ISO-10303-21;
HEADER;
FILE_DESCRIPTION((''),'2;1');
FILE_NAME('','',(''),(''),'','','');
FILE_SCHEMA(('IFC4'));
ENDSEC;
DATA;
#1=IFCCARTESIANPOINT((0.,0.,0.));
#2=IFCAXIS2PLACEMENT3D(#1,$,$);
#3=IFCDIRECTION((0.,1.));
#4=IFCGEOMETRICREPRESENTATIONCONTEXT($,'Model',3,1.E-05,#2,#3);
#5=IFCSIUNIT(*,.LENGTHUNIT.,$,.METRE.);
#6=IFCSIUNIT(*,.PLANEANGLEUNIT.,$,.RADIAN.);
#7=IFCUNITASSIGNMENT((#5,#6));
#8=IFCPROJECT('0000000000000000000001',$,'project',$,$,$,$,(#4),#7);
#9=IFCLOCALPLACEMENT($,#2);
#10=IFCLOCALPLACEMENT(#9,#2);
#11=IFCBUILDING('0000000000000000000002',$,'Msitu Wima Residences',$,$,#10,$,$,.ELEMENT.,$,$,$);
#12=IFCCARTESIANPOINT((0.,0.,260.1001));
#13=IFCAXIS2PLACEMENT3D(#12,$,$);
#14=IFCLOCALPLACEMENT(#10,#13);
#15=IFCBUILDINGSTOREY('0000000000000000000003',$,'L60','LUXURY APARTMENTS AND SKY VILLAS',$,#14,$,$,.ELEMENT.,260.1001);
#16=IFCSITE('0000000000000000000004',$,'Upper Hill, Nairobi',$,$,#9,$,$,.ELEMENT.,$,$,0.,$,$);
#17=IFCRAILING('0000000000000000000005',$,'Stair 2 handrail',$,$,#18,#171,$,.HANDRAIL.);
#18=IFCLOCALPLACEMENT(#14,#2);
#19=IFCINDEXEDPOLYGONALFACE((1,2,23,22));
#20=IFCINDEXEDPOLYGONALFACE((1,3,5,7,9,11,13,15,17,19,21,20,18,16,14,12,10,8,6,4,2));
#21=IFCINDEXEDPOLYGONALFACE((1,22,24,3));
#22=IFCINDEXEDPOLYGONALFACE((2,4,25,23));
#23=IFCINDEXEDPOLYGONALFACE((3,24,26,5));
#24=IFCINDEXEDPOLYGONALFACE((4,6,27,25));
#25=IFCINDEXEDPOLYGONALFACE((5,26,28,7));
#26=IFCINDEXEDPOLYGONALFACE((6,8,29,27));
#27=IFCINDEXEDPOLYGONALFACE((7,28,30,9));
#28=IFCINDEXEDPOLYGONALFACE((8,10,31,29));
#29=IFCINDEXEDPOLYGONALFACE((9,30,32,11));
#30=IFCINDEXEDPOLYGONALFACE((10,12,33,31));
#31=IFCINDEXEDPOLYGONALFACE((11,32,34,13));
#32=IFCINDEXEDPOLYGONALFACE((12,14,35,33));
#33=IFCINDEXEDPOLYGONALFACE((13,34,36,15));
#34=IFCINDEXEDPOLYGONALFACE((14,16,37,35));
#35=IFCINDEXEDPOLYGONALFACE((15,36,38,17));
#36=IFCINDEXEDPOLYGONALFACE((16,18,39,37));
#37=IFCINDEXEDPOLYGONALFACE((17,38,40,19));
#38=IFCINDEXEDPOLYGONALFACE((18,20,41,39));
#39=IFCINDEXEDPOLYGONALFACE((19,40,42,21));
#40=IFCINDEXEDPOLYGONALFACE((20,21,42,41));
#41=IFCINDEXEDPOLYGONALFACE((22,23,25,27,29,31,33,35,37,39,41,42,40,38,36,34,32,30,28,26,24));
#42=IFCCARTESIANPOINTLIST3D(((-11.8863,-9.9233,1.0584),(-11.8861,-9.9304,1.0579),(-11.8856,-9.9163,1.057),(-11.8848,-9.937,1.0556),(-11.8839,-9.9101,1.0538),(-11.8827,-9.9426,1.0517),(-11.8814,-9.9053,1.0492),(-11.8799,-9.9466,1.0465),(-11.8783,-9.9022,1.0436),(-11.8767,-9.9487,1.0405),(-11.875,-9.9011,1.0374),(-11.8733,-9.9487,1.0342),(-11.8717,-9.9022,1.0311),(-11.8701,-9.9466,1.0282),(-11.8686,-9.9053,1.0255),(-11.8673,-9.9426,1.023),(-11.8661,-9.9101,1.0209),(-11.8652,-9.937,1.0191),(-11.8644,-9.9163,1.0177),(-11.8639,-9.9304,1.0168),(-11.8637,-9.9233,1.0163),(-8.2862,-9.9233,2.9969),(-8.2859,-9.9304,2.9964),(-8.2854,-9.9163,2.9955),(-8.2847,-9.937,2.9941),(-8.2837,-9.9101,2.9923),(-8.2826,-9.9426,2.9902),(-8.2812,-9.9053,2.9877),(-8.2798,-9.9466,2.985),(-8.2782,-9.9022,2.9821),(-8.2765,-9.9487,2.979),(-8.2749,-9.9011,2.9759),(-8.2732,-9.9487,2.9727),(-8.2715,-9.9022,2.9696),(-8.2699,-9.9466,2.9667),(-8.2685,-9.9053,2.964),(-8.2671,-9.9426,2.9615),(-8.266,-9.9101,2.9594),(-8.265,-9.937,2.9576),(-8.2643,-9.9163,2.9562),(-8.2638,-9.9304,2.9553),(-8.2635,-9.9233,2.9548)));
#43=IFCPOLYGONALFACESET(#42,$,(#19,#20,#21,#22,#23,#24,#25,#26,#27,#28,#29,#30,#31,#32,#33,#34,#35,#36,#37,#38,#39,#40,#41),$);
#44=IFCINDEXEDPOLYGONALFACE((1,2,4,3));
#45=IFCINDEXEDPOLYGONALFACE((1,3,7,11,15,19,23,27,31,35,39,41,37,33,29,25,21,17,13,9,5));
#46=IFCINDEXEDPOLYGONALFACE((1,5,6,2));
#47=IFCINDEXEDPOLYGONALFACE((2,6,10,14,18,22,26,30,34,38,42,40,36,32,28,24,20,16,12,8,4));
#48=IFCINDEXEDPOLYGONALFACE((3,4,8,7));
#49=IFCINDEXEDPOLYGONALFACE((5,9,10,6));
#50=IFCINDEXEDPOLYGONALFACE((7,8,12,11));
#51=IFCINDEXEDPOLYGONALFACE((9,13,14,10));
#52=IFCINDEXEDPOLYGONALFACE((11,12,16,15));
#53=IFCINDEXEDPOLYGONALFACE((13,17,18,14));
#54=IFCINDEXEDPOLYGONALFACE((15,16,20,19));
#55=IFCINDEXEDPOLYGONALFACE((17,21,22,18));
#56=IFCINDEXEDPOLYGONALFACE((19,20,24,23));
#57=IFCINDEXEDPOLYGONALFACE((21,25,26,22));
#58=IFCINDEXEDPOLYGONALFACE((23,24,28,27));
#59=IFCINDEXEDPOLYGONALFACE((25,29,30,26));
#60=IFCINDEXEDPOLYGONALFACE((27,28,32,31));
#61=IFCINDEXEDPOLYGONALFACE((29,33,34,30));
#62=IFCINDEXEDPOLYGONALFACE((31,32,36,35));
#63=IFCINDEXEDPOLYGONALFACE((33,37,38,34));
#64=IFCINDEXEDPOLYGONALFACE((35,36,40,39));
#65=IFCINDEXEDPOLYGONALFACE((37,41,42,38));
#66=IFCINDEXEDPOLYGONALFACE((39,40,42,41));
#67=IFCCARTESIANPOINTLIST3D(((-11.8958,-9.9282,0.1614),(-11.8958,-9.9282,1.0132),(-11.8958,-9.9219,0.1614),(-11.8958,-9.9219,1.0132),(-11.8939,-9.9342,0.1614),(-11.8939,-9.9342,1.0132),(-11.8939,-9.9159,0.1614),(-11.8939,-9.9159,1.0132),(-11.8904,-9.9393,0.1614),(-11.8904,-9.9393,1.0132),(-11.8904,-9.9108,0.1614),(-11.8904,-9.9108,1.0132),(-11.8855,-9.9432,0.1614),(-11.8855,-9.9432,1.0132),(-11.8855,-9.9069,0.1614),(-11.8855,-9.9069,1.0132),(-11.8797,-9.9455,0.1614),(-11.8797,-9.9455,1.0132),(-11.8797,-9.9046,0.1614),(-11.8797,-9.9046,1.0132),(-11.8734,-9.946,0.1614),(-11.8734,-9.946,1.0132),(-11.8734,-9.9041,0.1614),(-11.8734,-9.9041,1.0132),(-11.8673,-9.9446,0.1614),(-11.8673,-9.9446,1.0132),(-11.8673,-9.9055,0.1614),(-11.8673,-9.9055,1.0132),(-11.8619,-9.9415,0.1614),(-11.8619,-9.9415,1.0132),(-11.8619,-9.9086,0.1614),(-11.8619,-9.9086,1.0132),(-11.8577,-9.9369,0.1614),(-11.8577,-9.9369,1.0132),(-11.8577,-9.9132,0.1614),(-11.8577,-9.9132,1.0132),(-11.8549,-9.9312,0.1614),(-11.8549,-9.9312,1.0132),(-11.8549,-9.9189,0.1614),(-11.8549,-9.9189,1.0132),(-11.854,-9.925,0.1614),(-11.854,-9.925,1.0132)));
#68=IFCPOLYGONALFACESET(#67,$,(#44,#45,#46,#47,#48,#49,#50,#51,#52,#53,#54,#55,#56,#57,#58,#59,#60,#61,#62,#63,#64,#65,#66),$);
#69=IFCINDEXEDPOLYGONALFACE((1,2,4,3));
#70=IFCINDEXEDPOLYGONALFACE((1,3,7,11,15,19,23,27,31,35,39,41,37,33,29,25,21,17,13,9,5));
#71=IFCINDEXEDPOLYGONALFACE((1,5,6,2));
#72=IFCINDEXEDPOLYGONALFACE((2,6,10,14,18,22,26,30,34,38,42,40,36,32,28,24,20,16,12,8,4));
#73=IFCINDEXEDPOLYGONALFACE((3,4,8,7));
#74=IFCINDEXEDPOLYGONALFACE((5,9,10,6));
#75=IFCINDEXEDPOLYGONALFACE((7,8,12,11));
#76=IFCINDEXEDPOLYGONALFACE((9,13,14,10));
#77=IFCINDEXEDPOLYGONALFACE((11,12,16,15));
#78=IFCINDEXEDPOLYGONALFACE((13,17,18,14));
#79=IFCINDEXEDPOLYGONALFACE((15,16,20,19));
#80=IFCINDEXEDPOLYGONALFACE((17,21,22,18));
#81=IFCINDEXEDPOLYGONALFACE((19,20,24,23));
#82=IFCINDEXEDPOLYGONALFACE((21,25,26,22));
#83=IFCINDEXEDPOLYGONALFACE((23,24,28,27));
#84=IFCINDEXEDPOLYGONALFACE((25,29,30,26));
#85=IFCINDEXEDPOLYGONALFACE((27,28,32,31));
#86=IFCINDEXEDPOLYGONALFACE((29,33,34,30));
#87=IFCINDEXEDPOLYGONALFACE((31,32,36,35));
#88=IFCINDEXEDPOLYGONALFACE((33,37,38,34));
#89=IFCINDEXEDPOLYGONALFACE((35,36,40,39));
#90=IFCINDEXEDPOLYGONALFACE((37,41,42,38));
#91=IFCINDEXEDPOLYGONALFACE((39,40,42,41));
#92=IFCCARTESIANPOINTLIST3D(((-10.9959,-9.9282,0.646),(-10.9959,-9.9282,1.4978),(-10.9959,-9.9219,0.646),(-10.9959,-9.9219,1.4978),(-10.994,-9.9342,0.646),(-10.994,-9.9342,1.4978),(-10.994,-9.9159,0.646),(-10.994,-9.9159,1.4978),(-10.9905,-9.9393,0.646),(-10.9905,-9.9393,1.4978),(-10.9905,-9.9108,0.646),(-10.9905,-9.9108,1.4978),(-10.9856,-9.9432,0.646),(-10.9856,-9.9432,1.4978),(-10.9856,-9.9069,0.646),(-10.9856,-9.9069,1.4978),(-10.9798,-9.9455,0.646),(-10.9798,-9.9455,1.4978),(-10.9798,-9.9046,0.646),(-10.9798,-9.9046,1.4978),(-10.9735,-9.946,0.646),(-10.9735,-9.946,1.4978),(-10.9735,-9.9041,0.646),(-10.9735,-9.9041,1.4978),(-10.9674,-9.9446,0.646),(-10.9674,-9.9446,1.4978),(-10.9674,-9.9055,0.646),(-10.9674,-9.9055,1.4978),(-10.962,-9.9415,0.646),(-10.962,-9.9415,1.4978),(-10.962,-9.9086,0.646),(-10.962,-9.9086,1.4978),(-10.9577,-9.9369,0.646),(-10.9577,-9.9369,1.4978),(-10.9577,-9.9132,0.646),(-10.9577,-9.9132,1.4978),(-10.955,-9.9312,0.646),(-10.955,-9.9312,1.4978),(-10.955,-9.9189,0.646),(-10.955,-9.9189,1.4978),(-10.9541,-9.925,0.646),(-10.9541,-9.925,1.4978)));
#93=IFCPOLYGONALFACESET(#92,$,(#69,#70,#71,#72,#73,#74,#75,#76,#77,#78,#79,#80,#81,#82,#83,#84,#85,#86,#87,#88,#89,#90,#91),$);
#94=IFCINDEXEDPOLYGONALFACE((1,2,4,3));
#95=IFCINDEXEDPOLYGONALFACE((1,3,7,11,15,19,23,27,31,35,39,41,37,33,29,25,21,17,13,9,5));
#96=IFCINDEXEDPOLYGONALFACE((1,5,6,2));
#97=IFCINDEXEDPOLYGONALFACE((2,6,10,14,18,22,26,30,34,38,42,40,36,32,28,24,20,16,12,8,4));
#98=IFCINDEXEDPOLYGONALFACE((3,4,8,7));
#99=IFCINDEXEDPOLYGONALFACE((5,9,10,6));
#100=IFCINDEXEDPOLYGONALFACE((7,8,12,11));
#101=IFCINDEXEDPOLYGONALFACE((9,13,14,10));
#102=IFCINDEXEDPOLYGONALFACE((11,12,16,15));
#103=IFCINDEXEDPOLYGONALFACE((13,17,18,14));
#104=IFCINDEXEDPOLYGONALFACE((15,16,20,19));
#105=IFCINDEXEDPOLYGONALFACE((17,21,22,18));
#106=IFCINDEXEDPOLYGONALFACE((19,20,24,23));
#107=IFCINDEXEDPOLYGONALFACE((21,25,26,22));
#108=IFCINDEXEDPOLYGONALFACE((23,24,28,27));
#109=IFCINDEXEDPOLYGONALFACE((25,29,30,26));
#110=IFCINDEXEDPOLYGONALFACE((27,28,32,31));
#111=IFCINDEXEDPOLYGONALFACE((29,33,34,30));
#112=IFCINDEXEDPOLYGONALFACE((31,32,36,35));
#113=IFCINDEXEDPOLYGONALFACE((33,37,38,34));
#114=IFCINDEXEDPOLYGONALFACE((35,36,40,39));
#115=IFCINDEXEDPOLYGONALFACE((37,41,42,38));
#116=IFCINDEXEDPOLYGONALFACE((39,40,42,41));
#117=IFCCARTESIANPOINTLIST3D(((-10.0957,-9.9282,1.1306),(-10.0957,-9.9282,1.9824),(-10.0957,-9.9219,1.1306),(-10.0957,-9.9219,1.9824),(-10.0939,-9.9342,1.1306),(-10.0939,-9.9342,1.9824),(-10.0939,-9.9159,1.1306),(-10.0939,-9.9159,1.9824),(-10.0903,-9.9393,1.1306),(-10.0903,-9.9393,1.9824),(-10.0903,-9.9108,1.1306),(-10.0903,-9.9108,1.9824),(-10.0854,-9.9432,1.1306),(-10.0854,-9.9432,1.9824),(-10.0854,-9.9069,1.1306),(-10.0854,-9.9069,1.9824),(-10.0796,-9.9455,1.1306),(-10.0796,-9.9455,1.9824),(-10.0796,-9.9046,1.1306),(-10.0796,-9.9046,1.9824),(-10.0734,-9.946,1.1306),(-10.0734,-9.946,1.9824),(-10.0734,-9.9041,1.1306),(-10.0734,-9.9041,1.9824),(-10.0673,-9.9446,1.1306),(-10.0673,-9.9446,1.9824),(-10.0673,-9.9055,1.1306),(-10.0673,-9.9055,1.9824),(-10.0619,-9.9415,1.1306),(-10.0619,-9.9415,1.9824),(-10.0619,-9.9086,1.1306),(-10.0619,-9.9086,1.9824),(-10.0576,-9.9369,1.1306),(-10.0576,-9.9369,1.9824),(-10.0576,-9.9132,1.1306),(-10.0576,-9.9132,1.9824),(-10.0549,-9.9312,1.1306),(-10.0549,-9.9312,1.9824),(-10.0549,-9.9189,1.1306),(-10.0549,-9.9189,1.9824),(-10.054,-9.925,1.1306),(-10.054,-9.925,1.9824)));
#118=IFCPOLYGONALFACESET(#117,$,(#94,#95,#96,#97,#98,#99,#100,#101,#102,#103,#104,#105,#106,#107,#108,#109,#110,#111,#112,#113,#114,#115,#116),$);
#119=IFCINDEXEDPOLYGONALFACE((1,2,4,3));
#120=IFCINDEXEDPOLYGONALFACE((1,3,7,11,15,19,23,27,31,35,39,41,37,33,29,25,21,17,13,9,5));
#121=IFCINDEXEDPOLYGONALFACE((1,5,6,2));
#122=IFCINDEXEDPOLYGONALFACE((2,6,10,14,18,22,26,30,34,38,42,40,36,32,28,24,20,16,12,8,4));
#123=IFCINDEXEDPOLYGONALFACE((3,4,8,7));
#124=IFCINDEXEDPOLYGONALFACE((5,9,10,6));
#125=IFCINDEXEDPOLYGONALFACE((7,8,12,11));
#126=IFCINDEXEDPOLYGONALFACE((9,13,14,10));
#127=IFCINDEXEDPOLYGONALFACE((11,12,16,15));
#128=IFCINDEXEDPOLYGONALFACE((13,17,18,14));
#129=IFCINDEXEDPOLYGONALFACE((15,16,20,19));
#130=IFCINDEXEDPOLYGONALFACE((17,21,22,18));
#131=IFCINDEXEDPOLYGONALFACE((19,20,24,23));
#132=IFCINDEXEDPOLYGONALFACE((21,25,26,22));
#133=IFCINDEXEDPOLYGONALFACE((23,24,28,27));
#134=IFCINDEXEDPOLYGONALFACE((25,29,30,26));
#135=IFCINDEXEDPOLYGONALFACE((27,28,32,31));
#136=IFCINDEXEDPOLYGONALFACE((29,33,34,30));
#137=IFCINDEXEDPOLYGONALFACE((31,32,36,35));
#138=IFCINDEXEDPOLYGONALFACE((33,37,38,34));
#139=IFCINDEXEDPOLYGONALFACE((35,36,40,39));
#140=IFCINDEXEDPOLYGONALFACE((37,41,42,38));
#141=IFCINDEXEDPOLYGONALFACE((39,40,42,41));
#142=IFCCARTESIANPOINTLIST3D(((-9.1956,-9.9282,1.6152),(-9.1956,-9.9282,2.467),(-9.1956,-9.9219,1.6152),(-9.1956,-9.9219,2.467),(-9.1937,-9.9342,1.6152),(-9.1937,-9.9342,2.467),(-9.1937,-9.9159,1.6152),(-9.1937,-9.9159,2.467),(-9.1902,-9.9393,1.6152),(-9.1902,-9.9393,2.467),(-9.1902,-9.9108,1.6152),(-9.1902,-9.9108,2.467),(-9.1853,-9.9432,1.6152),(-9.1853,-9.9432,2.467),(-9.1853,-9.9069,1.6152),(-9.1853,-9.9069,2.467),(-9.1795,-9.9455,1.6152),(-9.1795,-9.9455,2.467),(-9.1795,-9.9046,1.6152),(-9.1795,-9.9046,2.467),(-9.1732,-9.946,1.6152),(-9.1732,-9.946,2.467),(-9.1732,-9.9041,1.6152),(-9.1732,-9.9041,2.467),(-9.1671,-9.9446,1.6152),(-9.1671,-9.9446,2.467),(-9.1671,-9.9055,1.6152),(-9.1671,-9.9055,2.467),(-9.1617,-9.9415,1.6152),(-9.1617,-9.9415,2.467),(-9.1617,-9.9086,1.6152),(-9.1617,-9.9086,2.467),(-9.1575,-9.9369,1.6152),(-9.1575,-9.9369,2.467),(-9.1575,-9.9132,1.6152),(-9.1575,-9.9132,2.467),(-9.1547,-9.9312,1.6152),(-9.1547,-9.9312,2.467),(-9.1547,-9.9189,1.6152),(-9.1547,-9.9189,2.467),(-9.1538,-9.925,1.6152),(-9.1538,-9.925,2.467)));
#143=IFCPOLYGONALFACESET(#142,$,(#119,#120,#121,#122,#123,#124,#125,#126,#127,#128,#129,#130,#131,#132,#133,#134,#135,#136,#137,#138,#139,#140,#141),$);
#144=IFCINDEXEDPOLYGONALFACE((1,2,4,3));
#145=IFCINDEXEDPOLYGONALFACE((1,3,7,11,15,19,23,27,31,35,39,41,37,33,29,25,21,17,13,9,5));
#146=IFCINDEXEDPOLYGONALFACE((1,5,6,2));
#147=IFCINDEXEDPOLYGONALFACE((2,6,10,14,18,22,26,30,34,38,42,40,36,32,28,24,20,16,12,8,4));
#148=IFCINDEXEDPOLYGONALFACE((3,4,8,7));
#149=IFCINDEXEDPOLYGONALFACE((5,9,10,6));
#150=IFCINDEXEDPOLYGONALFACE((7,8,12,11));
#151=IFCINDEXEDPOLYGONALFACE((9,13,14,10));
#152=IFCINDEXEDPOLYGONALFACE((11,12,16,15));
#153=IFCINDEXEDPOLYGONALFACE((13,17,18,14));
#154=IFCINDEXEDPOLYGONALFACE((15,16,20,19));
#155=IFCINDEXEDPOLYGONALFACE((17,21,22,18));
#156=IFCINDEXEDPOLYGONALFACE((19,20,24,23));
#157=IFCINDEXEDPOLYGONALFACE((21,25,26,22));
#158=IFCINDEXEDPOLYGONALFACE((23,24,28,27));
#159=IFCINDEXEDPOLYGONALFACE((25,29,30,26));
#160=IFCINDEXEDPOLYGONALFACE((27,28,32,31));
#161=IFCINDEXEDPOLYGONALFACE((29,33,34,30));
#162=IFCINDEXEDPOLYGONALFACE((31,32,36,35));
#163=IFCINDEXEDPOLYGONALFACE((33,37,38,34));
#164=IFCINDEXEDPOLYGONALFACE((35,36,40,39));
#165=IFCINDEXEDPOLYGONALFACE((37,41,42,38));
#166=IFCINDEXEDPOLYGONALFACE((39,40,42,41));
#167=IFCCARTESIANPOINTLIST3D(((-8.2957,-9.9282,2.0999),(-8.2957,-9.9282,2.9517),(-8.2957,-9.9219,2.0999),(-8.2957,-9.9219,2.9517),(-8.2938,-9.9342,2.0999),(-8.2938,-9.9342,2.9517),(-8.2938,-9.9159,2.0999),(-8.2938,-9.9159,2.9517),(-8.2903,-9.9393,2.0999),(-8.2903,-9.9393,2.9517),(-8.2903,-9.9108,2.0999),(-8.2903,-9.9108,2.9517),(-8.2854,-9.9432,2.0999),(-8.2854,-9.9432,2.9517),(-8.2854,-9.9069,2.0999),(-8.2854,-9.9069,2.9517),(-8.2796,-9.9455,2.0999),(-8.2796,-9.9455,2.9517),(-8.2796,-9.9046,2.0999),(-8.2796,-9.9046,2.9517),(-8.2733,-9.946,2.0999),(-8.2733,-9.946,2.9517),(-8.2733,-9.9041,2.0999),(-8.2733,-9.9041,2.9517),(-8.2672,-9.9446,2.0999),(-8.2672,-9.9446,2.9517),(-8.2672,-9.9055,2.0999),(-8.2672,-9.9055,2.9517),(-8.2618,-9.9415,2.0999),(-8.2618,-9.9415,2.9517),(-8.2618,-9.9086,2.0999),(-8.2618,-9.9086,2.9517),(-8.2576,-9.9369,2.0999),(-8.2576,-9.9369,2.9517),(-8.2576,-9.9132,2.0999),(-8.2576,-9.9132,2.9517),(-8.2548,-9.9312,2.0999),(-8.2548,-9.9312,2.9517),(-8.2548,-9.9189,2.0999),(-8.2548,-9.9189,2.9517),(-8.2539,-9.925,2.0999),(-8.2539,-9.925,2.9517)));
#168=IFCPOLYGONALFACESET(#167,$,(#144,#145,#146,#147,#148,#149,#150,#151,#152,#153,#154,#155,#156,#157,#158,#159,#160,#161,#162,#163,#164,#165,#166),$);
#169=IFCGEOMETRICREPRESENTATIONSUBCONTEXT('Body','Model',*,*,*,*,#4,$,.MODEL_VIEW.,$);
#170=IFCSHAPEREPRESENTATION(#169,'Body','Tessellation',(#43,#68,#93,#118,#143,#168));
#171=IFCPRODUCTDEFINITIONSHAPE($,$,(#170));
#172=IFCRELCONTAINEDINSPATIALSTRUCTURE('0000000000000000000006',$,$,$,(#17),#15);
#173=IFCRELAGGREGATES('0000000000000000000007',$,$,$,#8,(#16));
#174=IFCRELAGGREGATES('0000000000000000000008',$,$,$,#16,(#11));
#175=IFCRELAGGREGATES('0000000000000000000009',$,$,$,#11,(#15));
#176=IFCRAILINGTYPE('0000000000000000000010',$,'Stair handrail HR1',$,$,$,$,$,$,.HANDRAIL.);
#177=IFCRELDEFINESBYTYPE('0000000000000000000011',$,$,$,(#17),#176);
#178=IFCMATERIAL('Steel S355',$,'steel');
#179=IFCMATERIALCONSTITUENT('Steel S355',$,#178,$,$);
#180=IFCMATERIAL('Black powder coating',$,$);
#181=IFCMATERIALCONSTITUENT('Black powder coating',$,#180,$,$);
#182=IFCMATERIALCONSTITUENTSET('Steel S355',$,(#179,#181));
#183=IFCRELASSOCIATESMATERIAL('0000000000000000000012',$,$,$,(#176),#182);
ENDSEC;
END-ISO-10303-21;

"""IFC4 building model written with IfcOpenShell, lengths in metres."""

from ifc_helpers import new_model, si_unit, direction, frame, origin, origin_2d, place, context, subcontext, project, spatial, circle, extrude, material, constituent, constituent_set, type_object, element, save


model = new_model("IFC4")

# Units and contexts
model_context = context("Model", 3, precision=1e-05, world=origin(), true_north=direction((0.0, 1.0)))
body_context = subcontext(model_context, "Body", "Model", "MODEL_VIEW")
ifc_project = project(units=[si_unit("LENGTHUNIT", "METRE"), si_unit("PLANEANGLEUNIT", "RADIAN")], contexts=[model_context])

# Site, building, storey
site_placement = place(None, origin())
site = spatial("IfcSite", under=ifc_project, at=site_placement, Name="Upper Hill, Nairobi", CompositionType="ELEMENT", RefElevation=0.0)
building_placement = place(site_placement, origin())
building = spatial("IfcBuilding", under=site, at=building_placement, Name="Msitu Wima Residences", CompositionType="ELEMENT")
storey_placement = place(building_placement, frame((0.0, 0.0, 260.1001)))
storey = spatial("IfcBuildingStorey", under=building, at=storey_placement, Name="L60", Description="LUXURY APARTMENTS AND SKY VILLAS", CompositionType="ELEMENT", Elevation=260.1001)

# Railing
ifc_material_1 = material(Name="Steel S355", Category="steel")
ifc_constituent_1 = constituent(ifc_material_1, Name="Steel S355")
ifc_material_2 = material(Name="Black powder coating")
ifc_constituent_2 = constituent(ifc_material_2, Name="Black powder coating")
ifc_constituent_set = constituent_set(constituents=[ifc_constituent_1, ifc_constituent_2], Name="Steel S355")
railing_type = type_object("IfcRailingType", Name="Stair handrail HR1", PredefinedType="HANDRAIL", material=ifc_constituent_set)
for number, where, name in (
    (1, (-11.875, -9.925, 0.1614), "Stair 2 handrail"),
):
    element("IfcRailing", number, at=place(storey_placement, frame(where)), inside=storey, type_object=railing_type, Name=name, PredefinedType="HANDRAIL", context=body_context, shape_type="SweptSolid", body=[
        extrude(circle(Radius=0.0239, at=origin_2d()), frame((0.0, 0.0, 0.876), z_axis=(0.880475, 0.0, 0.474093), x_axis=(0.0, 1.0, 0.0)), (0.0, 0.0, 1.0), 4.0889),
        extrude(circle(Radius=0.021, at=origin_2d()), origin(), (0.0, 0.0, 1.0), 0.8518),
        extrude(circle(Radius=0.021, at=origin_2d()), frame((0.8999, 0.0, 0.4846)), (0.0, 0.0, 1.0), 0.8518),
        extrude(circle(Radius=0.021, at=origin_2d()), frame((1.8, 0.0, 0.9692)), (0.0, 0.0, 1.0), 0.8518),
        extrude(circle(Radius=0.021, at=origin_2d()), frame((2.7002, 0.0, 1.4539)), (0.0, 0.0, 1.0), 0.8518),
        extrude(circle(Radius=0.021, at=origin_2d()), frame((3.6001, 0.0, 1.9385)), (0.0, 0.0, 1.0), 0.8518),
    ])

save(model, "model.ifc")
